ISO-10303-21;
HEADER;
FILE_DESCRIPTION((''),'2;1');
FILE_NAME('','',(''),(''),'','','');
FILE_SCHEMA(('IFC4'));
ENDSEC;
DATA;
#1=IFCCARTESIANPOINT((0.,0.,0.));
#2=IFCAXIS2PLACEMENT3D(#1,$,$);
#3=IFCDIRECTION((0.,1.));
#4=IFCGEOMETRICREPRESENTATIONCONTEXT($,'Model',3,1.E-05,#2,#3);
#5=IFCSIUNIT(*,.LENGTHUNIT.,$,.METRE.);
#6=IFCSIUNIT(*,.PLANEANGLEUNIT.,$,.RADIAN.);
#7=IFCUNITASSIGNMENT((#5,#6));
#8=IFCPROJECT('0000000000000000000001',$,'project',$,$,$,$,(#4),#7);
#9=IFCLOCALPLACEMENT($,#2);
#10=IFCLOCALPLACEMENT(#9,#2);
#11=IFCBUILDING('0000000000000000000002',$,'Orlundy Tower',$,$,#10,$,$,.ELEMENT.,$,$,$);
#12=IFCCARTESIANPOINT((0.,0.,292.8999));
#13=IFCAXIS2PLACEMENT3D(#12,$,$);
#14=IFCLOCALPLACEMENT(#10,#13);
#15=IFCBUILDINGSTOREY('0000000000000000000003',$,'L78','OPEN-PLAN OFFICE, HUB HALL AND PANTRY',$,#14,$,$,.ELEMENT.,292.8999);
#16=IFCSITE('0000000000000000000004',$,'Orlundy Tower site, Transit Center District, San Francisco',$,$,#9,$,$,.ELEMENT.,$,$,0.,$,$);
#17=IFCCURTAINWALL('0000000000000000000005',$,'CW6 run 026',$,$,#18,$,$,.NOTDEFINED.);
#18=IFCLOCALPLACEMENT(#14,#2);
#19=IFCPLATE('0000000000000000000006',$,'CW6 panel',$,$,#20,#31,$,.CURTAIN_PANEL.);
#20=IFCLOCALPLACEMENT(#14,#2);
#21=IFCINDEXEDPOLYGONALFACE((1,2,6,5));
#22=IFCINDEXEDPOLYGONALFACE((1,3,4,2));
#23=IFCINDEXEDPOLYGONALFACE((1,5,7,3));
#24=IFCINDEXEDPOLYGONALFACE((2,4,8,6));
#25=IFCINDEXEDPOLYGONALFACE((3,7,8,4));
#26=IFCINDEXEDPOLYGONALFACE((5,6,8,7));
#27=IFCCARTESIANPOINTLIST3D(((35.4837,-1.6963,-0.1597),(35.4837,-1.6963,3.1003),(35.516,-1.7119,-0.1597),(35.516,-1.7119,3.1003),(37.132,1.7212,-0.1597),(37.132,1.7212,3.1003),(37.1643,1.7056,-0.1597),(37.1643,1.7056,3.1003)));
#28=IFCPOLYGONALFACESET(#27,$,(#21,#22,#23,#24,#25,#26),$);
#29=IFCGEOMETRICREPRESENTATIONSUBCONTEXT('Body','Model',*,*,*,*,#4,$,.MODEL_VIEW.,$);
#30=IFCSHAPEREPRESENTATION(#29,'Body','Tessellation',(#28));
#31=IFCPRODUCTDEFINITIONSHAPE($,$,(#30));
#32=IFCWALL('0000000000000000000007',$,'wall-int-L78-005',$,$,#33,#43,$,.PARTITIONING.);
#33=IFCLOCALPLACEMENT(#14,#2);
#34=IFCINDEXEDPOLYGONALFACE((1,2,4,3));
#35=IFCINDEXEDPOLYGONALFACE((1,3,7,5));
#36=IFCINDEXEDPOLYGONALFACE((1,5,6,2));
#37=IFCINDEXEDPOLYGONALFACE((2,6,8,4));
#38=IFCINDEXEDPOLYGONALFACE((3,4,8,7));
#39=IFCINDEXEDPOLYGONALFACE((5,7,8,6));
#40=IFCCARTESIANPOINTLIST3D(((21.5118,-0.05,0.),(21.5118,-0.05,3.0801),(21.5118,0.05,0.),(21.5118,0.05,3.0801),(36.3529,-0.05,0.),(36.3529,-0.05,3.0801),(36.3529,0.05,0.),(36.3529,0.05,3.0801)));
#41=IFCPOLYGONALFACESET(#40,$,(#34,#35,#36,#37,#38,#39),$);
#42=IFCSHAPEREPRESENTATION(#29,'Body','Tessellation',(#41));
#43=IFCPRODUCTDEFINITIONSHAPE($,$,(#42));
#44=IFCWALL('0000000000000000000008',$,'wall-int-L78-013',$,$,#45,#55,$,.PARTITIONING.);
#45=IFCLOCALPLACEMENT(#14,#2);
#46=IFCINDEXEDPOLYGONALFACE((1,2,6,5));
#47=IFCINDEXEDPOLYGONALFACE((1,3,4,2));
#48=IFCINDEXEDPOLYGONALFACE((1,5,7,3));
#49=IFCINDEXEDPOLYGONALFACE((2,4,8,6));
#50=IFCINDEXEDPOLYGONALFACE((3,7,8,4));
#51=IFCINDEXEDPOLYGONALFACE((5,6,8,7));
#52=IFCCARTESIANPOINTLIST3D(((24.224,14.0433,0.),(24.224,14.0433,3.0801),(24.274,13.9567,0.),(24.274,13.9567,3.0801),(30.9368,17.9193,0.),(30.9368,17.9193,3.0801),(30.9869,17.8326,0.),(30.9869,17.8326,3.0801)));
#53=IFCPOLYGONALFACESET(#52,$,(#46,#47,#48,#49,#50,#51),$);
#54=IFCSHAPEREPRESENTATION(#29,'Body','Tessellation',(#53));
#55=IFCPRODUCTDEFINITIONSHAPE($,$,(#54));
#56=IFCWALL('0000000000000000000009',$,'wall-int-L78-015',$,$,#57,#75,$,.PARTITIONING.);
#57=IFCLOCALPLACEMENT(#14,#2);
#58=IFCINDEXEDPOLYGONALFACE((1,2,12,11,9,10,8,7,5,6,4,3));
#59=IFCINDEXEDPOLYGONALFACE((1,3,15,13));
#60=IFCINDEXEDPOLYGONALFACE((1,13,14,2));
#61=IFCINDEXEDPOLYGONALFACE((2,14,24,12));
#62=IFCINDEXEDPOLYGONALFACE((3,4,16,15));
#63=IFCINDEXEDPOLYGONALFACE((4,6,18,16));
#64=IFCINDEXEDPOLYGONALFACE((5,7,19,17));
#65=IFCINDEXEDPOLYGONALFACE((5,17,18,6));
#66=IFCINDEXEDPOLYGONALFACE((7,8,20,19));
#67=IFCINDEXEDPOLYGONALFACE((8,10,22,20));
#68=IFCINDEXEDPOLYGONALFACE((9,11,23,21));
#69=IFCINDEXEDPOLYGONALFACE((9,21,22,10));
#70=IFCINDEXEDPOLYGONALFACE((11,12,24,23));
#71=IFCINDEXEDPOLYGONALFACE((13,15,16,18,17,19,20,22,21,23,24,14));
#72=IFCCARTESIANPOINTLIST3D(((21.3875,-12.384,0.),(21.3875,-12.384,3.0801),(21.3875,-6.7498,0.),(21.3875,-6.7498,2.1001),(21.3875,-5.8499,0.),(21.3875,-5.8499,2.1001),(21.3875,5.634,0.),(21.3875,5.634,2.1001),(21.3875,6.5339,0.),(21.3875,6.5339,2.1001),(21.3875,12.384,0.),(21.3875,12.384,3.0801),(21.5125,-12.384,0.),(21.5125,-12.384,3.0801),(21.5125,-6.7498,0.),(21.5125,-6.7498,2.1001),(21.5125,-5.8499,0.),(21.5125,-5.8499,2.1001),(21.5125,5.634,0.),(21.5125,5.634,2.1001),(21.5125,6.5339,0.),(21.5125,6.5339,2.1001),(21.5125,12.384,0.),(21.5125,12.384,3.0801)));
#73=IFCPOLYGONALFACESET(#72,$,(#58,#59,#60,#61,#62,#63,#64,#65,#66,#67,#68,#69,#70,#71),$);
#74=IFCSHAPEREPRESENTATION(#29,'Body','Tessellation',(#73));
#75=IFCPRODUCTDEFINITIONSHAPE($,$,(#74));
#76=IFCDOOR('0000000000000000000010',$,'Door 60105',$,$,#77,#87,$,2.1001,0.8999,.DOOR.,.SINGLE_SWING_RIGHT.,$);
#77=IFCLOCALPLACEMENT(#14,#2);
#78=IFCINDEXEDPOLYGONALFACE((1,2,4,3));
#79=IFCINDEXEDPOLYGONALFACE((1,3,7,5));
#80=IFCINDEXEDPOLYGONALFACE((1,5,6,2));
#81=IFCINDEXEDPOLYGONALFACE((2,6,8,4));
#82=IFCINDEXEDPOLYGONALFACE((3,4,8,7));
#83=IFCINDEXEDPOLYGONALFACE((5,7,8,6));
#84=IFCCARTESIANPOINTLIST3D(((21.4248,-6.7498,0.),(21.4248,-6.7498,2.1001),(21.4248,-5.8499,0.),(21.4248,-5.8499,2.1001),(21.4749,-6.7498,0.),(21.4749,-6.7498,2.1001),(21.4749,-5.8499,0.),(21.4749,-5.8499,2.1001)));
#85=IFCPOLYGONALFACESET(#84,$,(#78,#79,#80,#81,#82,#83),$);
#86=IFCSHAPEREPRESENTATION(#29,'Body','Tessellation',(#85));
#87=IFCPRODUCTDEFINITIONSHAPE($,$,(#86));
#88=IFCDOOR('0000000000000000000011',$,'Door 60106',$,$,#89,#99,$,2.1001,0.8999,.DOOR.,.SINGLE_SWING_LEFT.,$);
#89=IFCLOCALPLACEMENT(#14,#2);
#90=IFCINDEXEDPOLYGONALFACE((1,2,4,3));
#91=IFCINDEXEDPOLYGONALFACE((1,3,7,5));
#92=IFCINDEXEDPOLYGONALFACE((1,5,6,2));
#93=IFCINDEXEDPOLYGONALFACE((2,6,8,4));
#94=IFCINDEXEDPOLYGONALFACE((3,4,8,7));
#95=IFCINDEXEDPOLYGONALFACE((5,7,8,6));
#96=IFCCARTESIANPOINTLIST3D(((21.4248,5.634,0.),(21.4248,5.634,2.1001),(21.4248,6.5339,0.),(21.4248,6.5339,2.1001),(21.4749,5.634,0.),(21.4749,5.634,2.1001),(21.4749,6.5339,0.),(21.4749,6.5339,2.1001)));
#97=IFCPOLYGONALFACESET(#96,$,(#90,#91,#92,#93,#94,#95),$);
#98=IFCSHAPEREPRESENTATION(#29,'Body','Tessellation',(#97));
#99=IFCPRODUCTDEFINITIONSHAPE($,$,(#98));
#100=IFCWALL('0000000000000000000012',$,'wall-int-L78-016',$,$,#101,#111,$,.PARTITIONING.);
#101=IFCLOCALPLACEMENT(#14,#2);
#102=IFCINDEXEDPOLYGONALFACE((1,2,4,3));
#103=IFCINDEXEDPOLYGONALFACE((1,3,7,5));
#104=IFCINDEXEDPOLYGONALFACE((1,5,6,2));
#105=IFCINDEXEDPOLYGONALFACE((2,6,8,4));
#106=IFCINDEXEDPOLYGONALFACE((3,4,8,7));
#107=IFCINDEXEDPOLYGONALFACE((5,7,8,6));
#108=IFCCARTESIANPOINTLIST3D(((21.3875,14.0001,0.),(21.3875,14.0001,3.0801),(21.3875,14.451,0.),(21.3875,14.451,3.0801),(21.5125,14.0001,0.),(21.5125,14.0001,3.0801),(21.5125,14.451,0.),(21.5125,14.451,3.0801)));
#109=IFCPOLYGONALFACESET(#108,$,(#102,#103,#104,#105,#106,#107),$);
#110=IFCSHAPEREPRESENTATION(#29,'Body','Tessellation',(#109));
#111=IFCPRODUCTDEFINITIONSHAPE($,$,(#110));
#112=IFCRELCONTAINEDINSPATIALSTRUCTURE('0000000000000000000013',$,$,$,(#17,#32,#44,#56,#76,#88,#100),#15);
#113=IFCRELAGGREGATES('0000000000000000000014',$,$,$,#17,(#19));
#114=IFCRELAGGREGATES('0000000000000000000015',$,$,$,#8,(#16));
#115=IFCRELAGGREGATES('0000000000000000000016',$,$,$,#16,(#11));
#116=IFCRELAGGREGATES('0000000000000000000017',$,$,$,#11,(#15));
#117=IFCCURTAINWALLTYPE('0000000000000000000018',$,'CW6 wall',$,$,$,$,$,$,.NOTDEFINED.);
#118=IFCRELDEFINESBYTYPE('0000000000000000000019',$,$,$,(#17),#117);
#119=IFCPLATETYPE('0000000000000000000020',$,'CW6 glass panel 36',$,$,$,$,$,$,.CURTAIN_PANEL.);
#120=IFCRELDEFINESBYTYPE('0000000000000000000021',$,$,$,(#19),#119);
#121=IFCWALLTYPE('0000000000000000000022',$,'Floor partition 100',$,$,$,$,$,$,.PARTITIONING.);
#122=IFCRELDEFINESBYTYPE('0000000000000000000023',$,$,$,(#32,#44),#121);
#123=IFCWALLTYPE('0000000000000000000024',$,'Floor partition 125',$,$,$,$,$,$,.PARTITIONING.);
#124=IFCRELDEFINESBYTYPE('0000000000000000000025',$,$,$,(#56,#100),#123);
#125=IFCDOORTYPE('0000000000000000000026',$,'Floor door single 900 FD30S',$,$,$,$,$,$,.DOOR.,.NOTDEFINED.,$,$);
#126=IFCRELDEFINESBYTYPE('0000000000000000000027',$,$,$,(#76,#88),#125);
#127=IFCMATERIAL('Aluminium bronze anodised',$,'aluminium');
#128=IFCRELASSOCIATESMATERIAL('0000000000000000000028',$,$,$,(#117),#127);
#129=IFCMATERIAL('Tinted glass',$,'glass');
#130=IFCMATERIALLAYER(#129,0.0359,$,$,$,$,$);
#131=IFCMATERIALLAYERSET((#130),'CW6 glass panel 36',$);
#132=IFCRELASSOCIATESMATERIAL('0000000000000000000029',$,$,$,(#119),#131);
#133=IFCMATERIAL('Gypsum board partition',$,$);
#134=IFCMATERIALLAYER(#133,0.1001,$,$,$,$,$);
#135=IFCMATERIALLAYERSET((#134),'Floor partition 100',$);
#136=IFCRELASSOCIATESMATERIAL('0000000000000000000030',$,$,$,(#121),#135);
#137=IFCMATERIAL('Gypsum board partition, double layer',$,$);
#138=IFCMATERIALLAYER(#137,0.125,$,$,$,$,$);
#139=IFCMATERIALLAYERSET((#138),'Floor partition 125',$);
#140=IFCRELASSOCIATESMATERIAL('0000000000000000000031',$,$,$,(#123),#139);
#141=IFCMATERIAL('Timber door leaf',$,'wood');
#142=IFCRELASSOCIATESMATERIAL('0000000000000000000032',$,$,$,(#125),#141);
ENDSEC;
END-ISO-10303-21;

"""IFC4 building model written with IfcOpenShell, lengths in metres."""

from ifc_helpers import new_model, si_unit, direction, frame, frame_2d, origin, origin_2d, place, context, subcontext, project, spatial, rectangle, extrude, material, layer, layer_set, type_object, element, fill, aggregate, save


model = new_model("IFC4")

# Units and contexts
model_context = context("Model", 3, precision=1e-05, world=origin(), true_north=direction((0.0, 1.0)))
body_context = subcontext(model_context, "Body", "Model", "MODEL_VIEW")
ifc_project = project(units=[si_unit("LENGTHUNIT", "METRE"), si_unit("PLANEANGLEUNIT", "RADIAN")], contexts=[model_context])

# Site, building, storey
site_placement = place(None, origin())
site = spatial("IfcSite", under=ifc_project, at=site_placement, Name="Orlundy Tower site, Transit Center District, San Francisco", CompositionType="ELEMENT", RefElevation=0.0)
building_placement = place(site_placement, origin())
building = spatial("IfcBuilding", under=site, at=building_placement, Name="Orlundy Tower", CompositionType="ELEMENT")
storey_placement = place(building_placement, frame((0.0, 0.0, 292.8999)))
storey = spatial("IfcBuildingStorey", under=building, at=storey_placement, Name="L78", Description="OPEN-PLAN OFFICE, HUB HALL AND PANTRY", CompositionType="ELEMENT", Elevation=292.8999)

# Curtain wall
ifc_material_1 = material(Name="Aluminium bronze anodised", Category="aluminium")
curtain_wall_type = type_object("IfcCurtainWallType", Name="CW6 wall", PredefinedType="NOTDEFINED", material=ifc_material_1)
curtain_wall_1_placement = place(storey_placement, origin())
curtain_wall_1 = element("IfcCurtainWall", 1, at=curtain_wall_1_placement, inside=storey, type_object=curtain_wall_type, Name="CW6 run 026", PredefinedType="NOTDEFINED")

# Shared definitions
ifc_material_2 = material(Name="Tinted glass", Category="glass")
ifc_layer_1 = layer(ifc_material_2, 0.0359)
ifc_layer_set_1 = layer_set([ifc_layer_1], Name="CW6 glass panel 36")
plate_type = type_object("IfcPlateType", Name="CW6 glass panel 36", PredefinedType="CURTAIN_PANEL", material=ifc_layer_set_1)

# Plate
plate_1_placement = place(storey_placement, frame((36.324, 0.0046, -0.1597), z_axis=(0.0, 0.0, 1.0), x_axis=(-0.434432, -0.900705, 0.0)))
plate_1 = element("IfcPlate", 2, at=plate_1_placement, type_object=plate_type, Name="CW6 panel", PredefinedType="CURTAIN_PANEL", context=body_context, shape_type="SweptSolid", body=[
    extrude(rectangle(XDim=3.7942, YDim=0.0359, at=origin_2d()), origin(), (0.0, 0.0, 1.0), 3.26),
])
aggregate(curtain_wall_1, [plate_1])

# Walls
ifc_material_3 = material(Name="Gypsum board partition")
ifc_layer_2 = layer(ifc_material_3, 0.1001)
ifc_layer_set_2 = layer_set([ifc_layer_2], Name="Floor partition 100")
wall_type_1 = type_object("IfcWallType", Name="Floor partition 100", PredefinedType="PARTITIONING", material=ifc_layer_set_2)
wall_1_placement = place(storey_placement, frame((21.512, 0.0, 0.0), z_axis=(0.0, 0.0, 1.0), x_axis=(1.0, 0.0, 0.0)))
element("IfcWall", 3, at=wall_1_placement, inside=storey, type_object=wall_type_1, Name="wall-int-L78-005", PredefinedType="PARTITIONING", context=body_context, shape_type="SweptSolid", body=[
    extrude(rectangle(XDim=14.8411, YDim=0.1001, at=frame_2d((7.4204, 0.0))), origin(), (0.0, 0.0, 1.0), 3.0801),
])
wall_2_placement = place(storey_placement, frame((24.249, 14.0, 0.0), z_axis=(0.0, 0.0, 1.0), x_axis=(0.866009, 0.500028, 0.0)))
element("IfcWall", 4, at=wall_2_placement, inside=storey, type_object=wall_type_1, Name="wall-int-L78-013", PredefinedType="PARTITIONING", context=body_context, shape_type="SweptSolid", body=[
    extrude(rectangle(XDim=7.7515, YDim=0.1001, at=frame_2d((3.8757, 0.0))), origin(), (0.0, 0.0, 1.0), 3.0801),
])

# Wall, openings, doors
ifc_material_4 = material(Name="Gypsum board partition, double layer")
ifc_layer_3 = layer(ifc_material_4, 0.125)
ifc_layer_set_3 = layer_set([ifc_layer_3], Name="Floor partition 125")
wall_type_2 = type_object("IfcWallType", Name="Floor partition 125", PredefinedType="PARTITIONING", material=ifc_layer_set_3)
wall_3_placement = place(storey_placement, frame((21.45, 12.384, 0.0), z_axis=(0.0, 0.0, 1.0), x_axis=(0.0, -1.0, 0.0)))
wall_3 = element("IfcWall", 5, at=wall_3_placement, inside=storey, type_object=wall_type_2, Name="wall-int-L78-015", PredefinedType="PARTITIONING", context=body_context, shape_type="SweptSolid", body=[
    extrude(rectangle(XDim=24.7681, YDim=0.125, at=frame_2d((12.384, 0.0))), origin(), (0.0, 0.0, 1.0), 3.0801),
])
opening_1_placement = place(wall_3_placement, frame((18.2339, 0.0, 0.0)))
opening_1 = element("IfcOpeningElement", 6, at=opening_1_placement, cuts=wall_3, PredefinedType="OPENING", context=body_context, shape_type="SweptSolid", body=[
    extrude(rectangle(XDim=0.8999, YDim=2.1001, at=frame_2d((0.45, 1.05))), frame((0.0, 0.0725, 0.0), z_axis=(0.0, -1.0, 0.0), x_axis=(1.0, 0.0, 0.0)), (0.0, 0.0, 1.0), 0.145),
])
opening_2_placement = place(wall_3_placement, frame((5.8501, 0.0, 0.0)))
opening_2 = element("IfcOpeningElement", 7, at=opening_2_placement, cuts=wall_3, PredefinedType="OPENING", context=body_context, shape_type="SweptSolid", body=[
    extrude(rectangle(XDim=0.8999, YDim=2.1001, at=frame_2d((0.45, 1.05))), frame((0.0, 0.0725, 0.0), z_axis=(0.0, -1.0, 0.0), x_axis=(1.0, 0.0, 0.0)), (0.0, 0.0, 1.0), 0.145),
])
ifc_material_5 = material(Name="Timber door leaf", Category="wood")
door_type = type_object("IfcDoorType", Name="Floor door single 900 FD30S", OperationType="NOTDEFINED", PredefinedType="DOOR", material=ifc_material_5)
door_1_placement = place(opening_1_placement, origin())
door_1 = element("IfcDoor", 8, at=door_1_placement, inside=storey, type_object=door_type, Name="Door 60105", OperationType="SINGLE_SWING_RIGHT", OverallHeight=2.1001, OverallWidth=0.8999, PredefinedType="DOOR", context=body_context, shape_type="SweptSolid", body=[
    extrude(rectangle(XDim=0.8999, YDim=2.1001, at=frame_2d((0.45, 1.05))), frame((0.0, 0.0249, 0.0), z_axis=(0.0, -1.0, 0.0), x_axis=(1.0, 0.0, 0.0)), (0.0, 0.0, 1.0), 0.05),
])
fill(opening_1, door_1)
door_2_placement = place(opening_2_placement, origin())
door_2 = element("IfcDoor", 9, at=door_2_placement, inside=storey, type_object=door_type, Name="Door 60106", OperationType="SINGLE_SWING_LEFT", OverallHeight=2.1001, OverallWidth=0.8999, PredefinedType="DOOR", context=body_context, shape_type="SweptSolid", body=[
    extrude(rectangle(XDim=0.8999, YDim=2.1001, at=frame_2d((0.45, 1.05))), frame((0.0, 0.0249, 0.0), z_axis=(0.0, -1.0, 0.0), x_axis=(1.0, 0.0, 0.0)), (0.0, 0.0, 1.0), 0.05),
])
fill(opening_2, door_2)

# Wall
wall_4_placement = place(storey_placement, frame((21.45, 14.0, 0.0), z_axis=(0.0, 0.0, 1.0), x_axis=(0.0, 1.0, 0.0)))
element("IfcWall", 10, at=wall_4_placement, inside=storey, type_object=wall_type_2, Name="wall-int-L78-016", PredefinedType="PARTITIONING", context=body_context, shape_type="SweptSolid", body=[
    extrude(rectangle(XDim=0.4509, YDim=0.125, at=frame_2d((0.2256, 0.0))), origin(), (0.0, 0.0, 1.0), 3.0801),
])

save(model, "model.ifc")
